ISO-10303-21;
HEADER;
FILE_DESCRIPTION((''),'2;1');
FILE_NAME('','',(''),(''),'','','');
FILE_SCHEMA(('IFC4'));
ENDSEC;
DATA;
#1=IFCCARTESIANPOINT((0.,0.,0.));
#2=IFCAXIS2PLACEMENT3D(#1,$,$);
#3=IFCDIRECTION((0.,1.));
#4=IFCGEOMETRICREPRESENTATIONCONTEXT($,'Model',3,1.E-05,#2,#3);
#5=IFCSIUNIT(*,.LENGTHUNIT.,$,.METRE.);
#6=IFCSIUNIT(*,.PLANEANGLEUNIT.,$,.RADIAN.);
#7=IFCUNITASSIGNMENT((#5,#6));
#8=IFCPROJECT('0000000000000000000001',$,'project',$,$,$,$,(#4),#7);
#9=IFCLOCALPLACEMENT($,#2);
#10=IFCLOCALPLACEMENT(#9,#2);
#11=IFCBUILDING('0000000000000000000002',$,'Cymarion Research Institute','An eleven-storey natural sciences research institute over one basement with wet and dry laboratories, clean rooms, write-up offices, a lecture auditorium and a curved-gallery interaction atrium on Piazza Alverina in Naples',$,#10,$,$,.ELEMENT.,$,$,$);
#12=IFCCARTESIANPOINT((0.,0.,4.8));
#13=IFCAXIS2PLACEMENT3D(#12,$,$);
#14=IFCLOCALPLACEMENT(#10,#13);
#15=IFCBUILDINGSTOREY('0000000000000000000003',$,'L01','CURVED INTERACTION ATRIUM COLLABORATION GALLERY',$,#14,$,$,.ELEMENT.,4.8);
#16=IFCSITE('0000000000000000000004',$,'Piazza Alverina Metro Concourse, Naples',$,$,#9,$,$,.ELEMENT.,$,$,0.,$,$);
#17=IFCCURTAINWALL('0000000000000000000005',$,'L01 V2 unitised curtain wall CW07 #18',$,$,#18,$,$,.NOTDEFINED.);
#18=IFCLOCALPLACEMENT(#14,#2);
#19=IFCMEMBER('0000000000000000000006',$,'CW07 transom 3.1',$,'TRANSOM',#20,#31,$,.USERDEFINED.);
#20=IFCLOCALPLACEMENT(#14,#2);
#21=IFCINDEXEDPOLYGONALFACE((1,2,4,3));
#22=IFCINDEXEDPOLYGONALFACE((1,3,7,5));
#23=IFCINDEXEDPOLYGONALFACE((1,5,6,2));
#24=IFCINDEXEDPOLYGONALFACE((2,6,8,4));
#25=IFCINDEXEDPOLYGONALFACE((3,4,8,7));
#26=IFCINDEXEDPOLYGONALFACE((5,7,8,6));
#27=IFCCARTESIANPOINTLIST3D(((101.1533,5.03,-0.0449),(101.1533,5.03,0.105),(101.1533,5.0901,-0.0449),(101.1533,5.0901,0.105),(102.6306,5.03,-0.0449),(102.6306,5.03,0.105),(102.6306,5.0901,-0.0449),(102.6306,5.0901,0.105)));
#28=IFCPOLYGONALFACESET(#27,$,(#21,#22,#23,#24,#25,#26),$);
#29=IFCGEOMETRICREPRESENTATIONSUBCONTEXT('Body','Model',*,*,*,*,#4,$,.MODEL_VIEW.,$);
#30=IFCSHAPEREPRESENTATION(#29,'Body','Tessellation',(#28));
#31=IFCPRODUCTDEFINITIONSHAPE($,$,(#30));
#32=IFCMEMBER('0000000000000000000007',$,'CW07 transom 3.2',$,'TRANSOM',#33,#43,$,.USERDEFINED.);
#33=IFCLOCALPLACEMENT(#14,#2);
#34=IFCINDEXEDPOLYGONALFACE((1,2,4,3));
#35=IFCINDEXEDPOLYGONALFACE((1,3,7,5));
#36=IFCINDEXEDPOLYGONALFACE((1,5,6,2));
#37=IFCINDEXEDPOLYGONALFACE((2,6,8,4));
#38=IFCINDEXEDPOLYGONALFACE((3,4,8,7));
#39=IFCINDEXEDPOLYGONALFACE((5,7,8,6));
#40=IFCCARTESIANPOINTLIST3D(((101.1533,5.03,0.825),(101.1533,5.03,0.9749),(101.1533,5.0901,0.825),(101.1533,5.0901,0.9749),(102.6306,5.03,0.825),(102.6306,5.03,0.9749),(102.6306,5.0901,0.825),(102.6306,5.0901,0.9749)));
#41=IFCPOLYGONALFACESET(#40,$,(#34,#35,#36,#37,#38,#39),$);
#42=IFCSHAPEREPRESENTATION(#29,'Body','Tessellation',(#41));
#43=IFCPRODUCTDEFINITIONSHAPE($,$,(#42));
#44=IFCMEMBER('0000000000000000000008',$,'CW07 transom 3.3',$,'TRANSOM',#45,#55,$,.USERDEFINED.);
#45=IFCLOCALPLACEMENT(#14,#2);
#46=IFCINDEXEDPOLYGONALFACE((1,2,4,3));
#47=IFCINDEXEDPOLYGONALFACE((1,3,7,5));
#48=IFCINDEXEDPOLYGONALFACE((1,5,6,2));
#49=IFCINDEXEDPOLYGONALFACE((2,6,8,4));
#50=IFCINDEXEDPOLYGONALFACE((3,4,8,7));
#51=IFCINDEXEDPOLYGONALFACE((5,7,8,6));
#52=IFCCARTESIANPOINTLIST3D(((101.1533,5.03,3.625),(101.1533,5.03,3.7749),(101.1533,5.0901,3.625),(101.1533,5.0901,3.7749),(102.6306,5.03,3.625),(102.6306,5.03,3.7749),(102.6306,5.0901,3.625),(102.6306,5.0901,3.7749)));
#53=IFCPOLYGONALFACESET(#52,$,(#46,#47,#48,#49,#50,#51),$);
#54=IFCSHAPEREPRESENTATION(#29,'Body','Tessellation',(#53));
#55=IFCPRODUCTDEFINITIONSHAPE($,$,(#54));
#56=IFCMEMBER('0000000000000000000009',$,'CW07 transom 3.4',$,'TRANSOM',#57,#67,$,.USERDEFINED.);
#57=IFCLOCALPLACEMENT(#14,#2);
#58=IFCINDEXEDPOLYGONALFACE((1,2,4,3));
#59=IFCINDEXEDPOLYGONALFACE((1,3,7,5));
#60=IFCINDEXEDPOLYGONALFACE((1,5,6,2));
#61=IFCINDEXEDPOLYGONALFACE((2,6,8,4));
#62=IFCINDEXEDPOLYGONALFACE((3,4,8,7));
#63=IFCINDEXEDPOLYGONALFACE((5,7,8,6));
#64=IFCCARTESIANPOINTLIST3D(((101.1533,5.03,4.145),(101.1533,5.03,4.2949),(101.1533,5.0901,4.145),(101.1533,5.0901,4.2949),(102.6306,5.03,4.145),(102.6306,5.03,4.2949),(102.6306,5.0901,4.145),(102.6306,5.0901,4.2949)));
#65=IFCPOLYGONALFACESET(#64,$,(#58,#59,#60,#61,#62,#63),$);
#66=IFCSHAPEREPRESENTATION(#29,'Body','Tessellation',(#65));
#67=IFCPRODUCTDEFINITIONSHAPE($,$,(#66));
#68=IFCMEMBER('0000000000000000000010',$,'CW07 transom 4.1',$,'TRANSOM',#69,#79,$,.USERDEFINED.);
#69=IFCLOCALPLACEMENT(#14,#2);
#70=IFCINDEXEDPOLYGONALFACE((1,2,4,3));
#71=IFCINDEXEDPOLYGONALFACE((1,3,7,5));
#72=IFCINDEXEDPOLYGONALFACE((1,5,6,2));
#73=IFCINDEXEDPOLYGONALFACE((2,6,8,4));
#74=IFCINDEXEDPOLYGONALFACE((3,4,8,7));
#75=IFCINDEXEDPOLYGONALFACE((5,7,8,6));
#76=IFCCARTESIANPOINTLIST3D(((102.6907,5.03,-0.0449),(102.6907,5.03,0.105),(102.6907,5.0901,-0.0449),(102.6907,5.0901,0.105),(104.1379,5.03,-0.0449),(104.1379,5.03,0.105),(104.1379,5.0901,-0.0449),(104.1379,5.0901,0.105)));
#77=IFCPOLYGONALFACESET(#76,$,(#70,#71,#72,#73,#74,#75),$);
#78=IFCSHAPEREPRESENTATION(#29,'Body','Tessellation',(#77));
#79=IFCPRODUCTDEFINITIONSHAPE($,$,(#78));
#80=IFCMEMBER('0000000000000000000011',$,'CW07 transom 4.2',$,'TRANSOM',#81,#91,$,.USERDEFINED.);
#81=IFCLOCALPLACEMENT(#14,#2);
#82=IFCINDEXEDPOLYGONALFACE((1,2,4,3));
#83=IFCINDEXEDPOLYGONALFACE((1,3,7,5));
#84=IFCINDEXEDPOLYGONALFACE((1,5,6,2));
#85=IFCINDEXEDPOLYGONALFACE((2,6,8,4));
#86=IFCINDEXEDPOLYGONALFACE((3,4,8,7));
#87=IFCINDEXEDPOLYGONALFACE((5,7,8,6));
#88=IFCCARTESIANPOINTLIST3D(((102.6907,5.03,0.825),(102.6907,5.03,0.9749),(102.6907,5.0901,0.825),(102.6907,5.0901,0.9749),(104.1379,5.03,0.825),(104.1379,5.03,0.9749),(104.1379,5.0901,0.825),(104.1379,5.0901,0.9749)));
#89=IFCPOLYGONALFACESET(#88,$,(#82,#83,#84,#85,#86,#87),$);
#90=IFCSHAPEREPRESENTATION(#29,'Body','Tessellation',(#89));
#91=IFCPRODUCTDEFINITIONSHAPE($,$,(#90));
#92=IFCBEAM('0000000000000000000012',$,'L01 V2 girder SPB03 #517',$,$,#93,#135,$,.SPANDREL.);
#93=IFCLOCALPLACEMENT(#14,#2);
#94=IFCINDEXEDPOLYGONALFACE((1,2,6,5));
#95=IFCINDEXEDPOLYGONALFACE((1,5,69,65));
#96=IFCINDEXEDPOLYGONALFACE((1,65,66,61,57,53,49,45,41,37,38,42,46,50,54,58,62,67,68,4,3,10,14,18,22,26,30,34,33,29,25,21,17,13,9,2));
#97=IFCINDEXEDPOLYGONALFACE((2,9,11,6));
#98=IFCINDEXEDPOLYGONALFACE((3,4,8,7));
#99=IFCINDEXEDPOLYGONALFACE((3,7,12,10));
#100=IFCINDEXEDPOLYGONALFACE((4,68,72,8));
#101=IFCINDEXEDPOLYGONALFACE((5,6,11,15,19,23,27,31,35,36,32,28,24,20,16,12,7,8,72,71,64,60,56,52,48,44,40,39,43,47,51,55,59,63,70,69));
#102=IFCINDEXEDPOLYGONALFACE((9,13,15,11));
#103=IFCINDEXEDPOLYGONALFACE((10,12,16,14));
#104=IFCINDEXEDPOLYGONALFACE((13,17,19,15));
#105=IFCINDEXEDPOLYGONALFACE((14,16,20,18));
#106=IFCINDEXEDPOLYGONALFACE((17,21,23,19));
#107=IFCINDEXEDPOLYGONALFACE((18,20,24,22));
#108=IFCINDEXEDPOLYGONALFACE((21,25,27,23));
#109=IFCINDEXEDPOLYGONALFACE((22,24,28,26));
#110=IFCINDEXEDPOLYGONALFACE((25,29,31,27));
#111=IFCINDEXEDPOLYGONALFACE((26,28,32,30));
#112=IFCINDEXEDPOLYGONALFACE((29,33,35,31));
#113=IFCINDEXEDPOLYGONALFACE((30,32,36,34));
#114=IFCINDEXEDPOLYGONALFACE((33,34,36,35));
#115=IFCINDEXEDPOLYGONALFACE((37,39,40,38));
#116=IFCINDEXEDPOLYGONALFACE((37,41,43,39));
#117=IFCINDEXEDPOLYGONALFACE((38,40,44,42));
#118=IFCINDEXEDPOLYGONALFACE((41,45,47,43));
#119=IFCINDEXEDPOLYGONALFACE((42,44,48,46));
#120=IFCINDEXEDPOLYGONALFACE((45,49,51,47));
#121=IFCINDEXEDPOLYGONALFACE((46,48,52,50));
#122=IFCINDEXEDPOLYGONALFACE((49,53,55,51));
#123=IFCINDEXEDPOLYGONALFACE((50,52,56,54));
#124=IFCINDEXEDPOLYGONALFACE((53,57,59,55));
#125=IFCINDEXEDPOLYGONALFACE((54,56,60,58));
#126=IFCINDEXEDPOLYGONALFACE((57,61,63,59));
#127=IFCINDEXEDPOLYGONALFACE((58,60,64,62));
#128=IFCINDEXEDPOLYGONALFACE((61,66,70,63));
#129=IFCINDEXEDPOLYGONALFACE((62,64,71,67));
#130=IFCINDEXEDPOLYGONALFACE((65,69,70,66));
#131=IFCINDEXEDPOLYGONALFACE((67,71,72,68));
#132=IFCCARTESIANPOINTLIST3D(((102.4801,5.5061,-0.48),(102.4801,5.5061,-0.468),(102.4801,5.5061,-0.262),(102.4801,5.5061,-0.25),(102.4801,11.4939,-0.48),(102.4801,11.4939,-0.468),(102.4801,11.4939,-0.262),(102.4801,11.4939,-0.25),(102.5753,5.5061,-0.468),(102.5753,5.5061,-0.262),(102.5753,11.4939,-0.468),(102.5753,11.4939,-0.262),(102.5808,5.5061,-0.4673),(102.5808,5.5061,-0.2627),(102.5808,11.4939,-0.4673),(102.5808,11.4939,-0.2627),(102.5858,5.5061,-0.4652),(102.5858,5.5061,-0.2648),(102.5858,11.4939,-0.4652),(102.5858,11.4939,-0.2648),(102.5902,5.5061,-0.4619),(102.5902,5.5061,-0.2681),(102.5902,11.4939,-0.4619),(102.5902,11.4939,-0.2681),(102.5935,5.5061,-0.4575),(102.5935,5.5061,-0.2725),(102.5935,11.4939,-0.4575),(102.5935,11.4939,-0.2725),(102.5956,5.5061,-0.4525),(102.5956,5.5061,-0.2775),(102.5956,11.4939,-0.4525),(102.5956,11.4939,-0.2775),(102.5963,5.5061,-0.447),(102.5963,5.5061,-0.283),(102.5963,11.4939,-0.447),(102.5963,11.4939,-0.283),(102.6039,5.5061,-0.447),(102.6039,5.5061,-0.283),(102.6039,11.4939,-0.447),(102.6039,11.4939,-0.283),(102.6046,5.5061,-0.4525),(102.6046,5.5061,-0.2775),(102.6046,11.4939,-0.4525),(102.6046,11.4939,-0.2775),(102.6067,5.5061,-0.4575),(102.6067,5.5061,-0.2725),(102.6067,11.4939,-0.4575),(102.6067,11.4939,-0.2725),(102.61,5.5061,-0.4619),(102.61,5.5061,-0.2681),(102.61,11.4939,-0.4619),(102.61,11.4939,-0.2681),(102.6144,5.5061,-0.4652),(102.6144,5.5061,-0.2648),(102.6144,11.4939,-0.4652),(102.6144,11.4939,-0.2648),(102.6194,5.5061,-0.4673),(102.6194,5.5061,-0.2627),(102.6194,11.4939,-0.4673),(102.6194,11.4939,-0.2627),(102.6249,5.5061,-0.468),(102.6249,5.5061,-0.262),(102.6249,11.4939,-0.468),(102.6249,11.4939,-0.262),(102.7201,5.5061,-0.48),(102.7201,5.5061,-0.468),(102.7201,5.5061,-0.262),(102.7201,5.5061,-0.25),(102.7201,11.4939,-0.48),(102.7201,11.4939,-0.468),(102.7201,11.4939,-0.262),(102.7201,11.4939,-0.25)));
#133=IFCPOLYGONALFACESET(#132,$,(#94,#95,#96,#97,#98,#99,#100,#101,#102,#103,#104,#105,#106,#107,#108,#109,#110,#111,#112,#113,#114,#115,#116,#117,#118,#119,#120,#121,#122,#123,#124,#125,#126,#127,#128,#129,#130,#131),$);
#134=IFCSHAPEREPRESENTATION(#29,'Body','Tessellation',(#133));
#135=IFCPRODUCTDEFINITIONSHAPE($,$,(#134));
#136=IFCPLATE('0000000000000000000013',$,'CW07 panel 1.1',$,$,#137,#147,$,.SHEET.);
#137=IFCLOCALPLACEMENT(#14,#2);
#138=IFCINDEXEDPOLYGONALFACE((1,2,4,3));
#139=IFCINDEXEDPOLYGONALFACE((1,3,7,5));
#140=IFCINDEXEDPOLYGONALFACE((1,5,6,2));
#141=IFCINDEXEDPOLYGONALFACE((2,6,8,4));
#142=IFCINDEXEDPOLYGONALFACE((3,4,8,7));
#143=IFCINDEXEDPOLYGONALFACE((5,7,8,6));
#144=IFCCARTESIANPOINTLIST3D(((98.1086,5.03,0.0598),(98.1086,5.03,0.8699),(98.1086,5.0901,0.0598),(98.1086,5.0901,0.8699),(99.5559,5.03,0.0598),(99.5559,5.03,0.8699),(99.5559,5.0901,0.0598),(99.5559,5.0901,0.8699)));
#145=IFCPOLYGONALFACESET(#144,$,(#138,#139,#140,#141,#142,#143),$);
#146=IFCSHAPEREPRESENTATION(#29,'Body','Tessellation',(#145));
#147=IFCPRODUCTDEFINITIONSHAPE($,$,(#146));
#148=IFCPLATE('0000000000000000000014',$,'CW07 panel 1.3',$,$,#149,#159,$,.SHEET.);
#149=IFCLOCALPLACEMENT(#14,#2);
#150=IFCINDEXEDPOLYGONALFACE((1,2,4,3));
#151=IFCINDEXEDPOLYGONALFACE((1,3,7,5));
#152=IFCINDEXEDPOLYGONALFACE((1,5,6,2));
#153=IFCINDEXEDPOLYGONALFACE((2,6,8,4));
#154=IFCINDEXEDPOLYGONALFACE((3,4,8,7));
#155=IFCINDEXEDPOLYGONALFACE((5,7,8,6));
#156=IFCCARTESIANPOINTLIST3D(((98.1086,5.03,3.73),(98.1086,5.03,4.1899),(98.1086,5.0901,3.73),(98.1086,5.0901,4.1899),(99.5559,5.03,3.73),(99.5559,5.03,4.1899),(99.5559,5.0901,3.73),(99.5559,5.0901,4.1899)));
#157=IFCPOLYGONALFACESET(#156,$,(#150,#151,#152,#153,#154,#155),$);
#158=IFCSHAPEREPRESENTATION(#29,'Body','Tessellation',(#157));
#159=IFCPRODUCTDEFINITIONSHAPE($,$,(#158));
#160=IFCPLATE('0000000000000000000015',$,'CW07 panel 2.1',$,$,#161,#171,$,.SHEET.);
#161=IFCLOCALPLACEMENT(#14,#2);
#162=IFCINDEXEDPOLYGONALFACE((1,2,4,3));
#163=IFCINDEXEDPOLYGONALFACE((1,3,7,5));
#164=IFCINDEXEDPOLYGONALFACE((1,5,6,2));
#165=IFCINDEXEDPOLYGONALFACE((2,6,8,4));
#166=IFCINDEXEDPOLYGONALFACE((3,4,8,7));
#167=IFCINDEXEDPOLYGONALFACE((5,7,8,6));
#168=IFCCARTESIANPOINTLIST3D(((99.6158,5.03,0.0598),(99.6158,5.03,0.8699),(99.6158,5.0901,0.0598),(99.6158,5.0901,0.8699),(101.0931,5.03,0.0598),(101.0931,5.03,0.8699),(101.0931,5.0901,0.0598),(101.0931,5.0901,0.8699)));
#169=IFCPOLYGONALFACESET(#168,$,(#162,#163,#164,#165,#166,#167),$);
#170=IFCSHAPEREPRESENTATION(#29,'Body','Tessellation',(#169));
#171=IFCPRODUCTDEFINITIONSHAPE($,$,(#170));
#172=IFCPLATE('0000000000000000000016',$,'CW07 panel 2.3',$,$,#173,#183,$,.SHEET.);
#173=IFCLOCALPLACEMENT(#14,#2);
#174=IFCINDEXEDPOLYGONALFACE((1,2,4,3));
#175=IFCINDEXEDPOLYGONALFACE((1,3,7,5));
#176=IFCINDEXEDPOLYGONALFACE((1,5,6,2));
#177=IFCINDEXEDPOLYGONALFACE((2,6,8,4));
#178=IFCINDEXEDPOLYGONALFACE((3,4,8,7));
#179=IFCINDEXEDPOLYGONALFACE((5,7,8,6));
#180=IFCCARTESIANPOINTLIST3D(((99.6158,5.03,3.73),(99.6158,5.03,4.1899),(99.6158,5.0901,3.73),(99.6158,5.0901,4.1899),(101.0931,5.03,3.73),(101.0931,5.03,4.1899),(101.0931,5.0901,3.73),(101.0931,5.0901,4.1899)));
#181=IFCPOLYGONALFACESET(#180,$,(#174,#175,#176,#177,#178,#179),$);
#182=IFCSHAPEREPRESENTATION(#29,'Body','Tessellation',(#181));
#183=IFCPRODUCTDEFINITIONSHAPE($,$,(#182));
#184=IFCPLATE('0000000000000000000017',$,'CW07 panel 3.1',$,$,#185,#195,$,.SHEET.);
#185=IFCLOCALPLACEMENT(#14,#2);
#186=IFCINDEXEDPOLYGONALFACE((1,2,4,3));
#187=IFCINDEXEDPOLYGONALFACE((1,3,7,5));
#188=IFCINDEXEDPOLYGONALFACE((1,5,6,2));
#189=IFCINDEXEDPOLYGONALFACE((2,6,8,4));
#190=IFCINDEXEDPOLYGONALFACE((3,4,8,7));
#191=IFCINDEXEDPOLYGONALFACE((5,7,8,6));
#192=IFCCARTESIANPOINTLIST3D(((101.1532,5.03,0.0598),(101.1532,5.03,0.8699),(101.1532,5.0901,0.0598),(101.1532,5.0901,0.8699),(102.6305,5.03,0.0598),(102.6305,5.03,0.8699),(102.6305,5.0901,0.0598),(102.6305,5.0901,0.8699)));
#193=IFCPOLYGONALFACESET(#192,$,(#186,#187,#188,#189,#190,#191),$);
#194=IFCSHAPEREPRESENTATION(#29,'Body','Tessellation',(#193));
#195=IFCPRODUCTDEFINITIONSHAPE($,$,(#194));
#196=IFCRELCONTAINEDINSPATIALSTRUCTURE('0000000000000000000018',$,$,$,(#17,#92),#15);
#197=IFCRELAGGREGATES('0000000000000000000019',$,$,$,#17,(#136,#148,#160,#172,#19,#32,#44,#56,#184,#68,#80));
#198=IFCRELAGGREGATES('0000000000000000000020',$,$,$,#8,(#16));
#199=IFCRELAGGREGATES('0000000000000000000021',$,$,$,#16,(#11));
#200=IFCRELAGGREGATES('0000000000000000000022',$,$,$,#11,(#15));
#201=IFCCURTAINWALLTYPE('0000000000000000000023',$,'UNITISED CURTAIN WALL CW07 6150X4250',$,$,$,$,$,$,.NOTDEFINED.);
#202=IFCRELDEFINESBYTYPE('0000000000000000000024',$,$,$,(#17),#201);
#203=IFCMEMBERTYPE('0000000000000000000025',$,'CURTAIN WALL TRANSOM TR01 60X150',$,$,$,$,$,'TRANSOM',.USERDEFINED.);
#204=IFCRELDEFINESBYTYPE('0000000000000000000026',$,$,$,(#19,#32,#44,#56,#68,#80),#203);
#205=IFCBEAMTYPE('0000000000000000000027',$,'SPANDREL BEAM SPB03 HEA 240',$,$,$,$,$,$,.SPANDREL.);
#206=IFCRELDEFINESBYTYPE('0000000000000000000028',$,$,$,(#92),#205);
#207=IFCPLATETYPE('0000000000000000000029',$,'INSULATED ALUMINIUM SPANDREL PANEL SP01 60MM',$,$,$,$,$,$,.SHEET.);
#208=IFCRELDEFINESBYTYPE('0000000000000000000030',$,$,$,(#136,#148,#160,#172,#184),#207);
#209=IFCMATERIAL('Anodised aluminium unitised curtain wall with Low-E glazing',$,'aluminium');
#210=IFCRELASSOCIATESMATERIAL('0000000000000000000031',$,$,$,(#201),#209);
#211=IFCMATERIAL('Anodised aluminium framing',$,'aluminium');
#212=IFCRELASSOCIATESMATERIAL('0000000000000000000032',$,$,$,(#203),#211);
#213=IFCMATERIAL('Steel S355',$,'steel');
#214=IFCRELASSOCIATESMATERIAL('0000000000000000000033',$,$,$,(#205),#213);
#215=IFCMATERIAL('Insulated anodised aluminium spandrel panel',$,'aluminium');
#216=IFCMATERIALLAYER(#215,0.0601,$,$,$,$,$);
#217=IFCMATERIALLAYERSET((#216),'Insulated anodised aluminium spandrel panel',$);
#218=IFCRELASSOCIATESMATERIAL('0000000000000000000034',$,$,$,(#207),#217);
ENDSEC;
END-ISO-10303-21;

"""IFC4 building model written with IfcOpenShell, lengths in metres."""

from ifc_helpers import new_model, si_unit, direction, frame, origin, origin_2d, place, context, subcontext, project, spatial, rectangle, i_section, extrude, material, layer, layer_set, material_profile, profile_set, type_object, element, aggregate, save


model = new_model("IFC4")

# Units and contexts
model_context = context("Model", 3, precision=1e-05, world=origin(), true_north=direction((0.0, 1.0)))
body_context = subcontext(model_context, "Body", "Model", "MODEL_VIEW")
ifc_project = project(units=[si_unit("LENGTHUNIT", "METRE"), si_unit("PLANEANGLEUNIT", "RADIAN")], contexts=[model_context])

# Site, building, storey
site_placement = place(None, origin())
site = spatial("IfcSite", under=ifc_project, at=site_placement, Name="Piazza Alverina Metro Concourse, Naples", CompositionType="ELEMENT", RefElevation=0.0)
building_placement = place(site_placement, origin())
building = spatial("IfcBuilding", under=site, at=building_placement, Name="Cymarion Research Institute", Description="An eleven-storey natural sciences research institute over one basement with wet and dry laboratories, clean rooms, write-up offices, a lecture auditorium and a curved-gallery interaction atrium on Piazza Alverina in Naples", CompositionType="ELEMENT")
storey_placement = place(building_placement, frame((0.0, 0.0, 4.8)))
storey = spatial("IfcBuildingStorey", under=building, at=storey_placement, Name="L01", Description="CURVED INTERACTION ATRIUM COLLABORATION GALLERY", CompositionType="ELEMENT", Elevation=4.8)

# Shared definitions
ifc_material_1 = material(Name="Steel S355", Category="steel")

# Curtain wall, members
ifc_material_2 = material(Name="Anodised aluminium unitised curtain wall with Low-E glazing", Category="aluminium")
curtain_wall_type = type_object("IfcCurtainWallType", Name="UNITISED CURTAIN WALL CW07 6150X4250", PredefinedType="NOTDEFINED", material=ifc_material_2)
curtain_wall_placement = place(storey_placement, origin())
curtain_wall = element("IfcCurtainWall", 1, at=curtain_wall_placement, inside=storey, type_object=curtain_wall_type, Name="L01 V2 unitised curtain wall CW07 #18", PredefinedType="NOTDEFINED")
ifc_material_3 = material(Name="Anodised aluminium framing", Category="aluminium")
ifc_material_profile_1 = material_profile(ifc_material_3, rectangle(XDim=0.0601, YDim=0.1499, at=origin_2d()), Name="ALU TRANSOM 60x150")
ifc_profile_set_1 = profile_set([ifc_material_profile_1], Name="Anodised aluminium framing")
member_type_1 = type_object("IfcMemberType", Name="CURTAIN WALL TRANSOM TR01 60X150", ElementType="TRANSOM", PredefinedType="USERDEFINED", material=ifc_profile_set_1)
member_1_placement = place(storey_placement, frame((101.1533, 5.0601, 0.03), z_axis=(1.0, 0.0, 0.0), x_axis=(0.0, 1.0, 0.0)))
member_1 = element("IfcMember", 2, at=member_1_placement, type_object=member_type_1, Name="CW07 transom 3.1", ObjectType="TRANSOM", PredefinedType="USERDEFINED", context=body_context, shape_type="SweptSolid", body=[
    extrude(rectangle(XDim=0.0601, YDim=0.1499, at=origin_2d()), origin(), (0.0, 0.0, 1.0), 1.4773),
])
member_2_placement = place(storey_placement, frame((101.1533, 5.0601, 0.8999), z_axis=(1.0, 0.0, 0.0), x_axis=(0.0, 1.0, 0.0)))
member_2 = element("IfcMember", 3, at=member_2_placement, type_object=member_type_1, Name="CW07 transom 3.2", ObjectType="TRANSOM", PredefinedType="USERDEFINED", context=body_context, shape_type="SweptSolid", body=[
    extrude(rectangle(XDim=0.0601, YDim=0.1499, at=origin_2d()), origin(), (0.0, 0.0, 1.0), 1.4773),
])
member_3_placement = place(storey_placement, frame((101.1533, 5.0601, 3.7), z_axis=(1.0, 0.0, 0.0), x_axis=(0.0, 1.0, 0.0)))
member_3 = element("IfcMember", 4, at=member_3_placement, type_object=member_type_1, Name="CW07 transom 3.3", ObjectType="TRANSOM", PredefinedType="USERDEFINED", context=body_context, shape_type="SweptSolid", body=[
    extrude(rectangle(XDim=0.0601, YDim=0.1499, at=origin_2d()), origin(), (0.0, 0.0, 1.0), 1.4773),
])
member_4_placement = place(storey_placement, frame((101.1533, 5.0601, 4.22), z_axis=(1.0, 0.0, 0.0), x_axis=(0.0, 1.0, 0.0)))
member_4 = element("IfcMember", 5, at=member_4_placement, type_object=member_type_1, Name="CW07 transom 3.4", ObjectType="TRANSOM", PredefinedType="USERDEFINED", context=body_context, shape_type="SweptSolid", body=[
    extrude(rectangle(XDim=0.0601, YDim=0.1499, at=origin_2d()), origin(), (0.0, 0.0, 1.0), 1.4773),
])
member_5_placement = place(storey_placement, frame((102.6907, 5.0601, 0.03), z_axis=(1.0, 0.0, 0.0), x_axis=(0.0, 1.0, 0.0)))
member_5 = element("IfcMember", 6, at=member_5_placement, type_object=member_type_1, Name="CW07 transom 4.1", ObjectType="TRANSOM", PredefinedType="USERDEFINED", context=body_context, shape_type="SweptSolid", body=[
    extrude(rectangle(XDim=0.0601, YDim=0.1499, at=origin_2d()), origin(), (0.0, 0.0, 1.0), 1.4473),
])
member_6_placement = place(storey_placement, frame((102.6907, 5.0601, 0.8999), z_axis=(1.0, 0.0, 0.0), x_axis=(0.0, 1.0, 0.0)))
member_6 = element("IfcMember", 7, at=member_6_placement, type_object=member_type_1, Name="CW07 transom 4.2", ObjectType="TRANSOM", PredefinedType="USERDEFINED", context=body_context, shape_type="SweptSolid", body=[
    extrude(rectangle(XDim=0.0601, YDim=0.1499, at=origin_2d()), origin(), (0.0, 0.0, 1.0), 1.4473),
])

# Beam
ifc_material_profile_2 = material_profile(ifc_material_1, i_section(OverallWidth=0.24, OverallDepth=0.23, WebThickness=0.0076, FlangeThickness=0.012, FilletRadius=0.021, at=origin_2d()), Name="HEA 240")
ifc_profile_set_2 = profile_set([ifc_material_profile_2], Name="Steel S355")
beam_type = type_object("IfcBeamType", Name="SPANDREL BEAM SPB03 HEA 240", PredefinedType="SPANDREL", material=ifc_profile_set_2)
beam_placement = place(storey_placement, frame((102.6001, 5.5061, -0.365), z_axis=(0.0, 1.0, 0.0), x_axis=(-1.0, 0.0, 0.0)))
element("IfcBeam", 8, at=beam_placement, inside=storey, type_object=beam_type, Name="L01 V2 girder SPB03 #517", PredefinedType="SPANDREL", context=body_context, shape_type="SweptSolid", body=[
    extrude(i_section(OverallWidth=0.24, OverallDepth=0.23, WebThickness=0.0076, FlangeThickness=0.012, FilletRadius=0.021, at=origin_2d()), origin(), (0.0, 0.0, 1.0), 5.9878),
])

# Plates
ifc_material_4 = material(Name="Insulated anodised aluminium spandrel panel", Category="aluminium")
ifc_layer_1 = layer(ifc_material_4, 0.0601)
ifc_layer_set_1 = layer_set([ifc_layer_1], Name="Insulated anodised aluminium spandrel panel")
plate_type_1 = type_object("IfcPlateType", Name="INSULATED ALUMINIUM SPANDREL PANEL SP01 60MM", PredefinedType="SHEET", material=ifc_layer_set_1)
plate_1_placement = place(storey_placement, frame((98.8323, 5.0601, 0.0598), z_axis=(0.0, 0.0, 1.0), x_axis=(1.0, 0.0, 0.0)))
plate_1 = element("IfcPlate", 9, at=plate_1_placement, type_object=plate_type_1, Name="CW07 panel 1.1", PredefinedType="SHEET", context=body_context, shape_type="SweptSolid", body=[
    extrude(rectangle(XDim=1.4473, YDim=0.0601, at=origin_2d()), origin(), (0.0, 0.0, 1.0), 0.8101),
])
plate_2_placement = place(storey_placement, frame((98.8323, 5.0601, 3.73), z_axis=(0.0, 0.0, 1.0), x_axis=(1.0, 0.0, 0.0)))
plate_2 = element("IfcPlate", 10, at=plate_2_placement, type_object=plate_type_1, Name="CW07 panel 1.3", PredefinedType="SHEET", context=body_context, shape_type="SweptSolid", body=[
    extrude(rectangle(XDim=1.4473, YDim=0.0601, at=origin_2d()), origin(), (0.0, 0.0, 1.0), 0.46),
])
plate_3_placement = place(storey_placement, frame((100.3545, 5.0601, 0.0598), z_axis=(0.0, 0.0, 1.0), x_axis=(1.0, 0.0, 0.0)))
plate_3 = element("IfcPlate", 11, at=plate_3_placement, type_object=plate_type_1, Name="CW07 panel 2.1", PredefinedType="SHEET", context=body_context, shape_type="SweptSolid", body=[
    extrude(rectangle(XDim=1.4773, YDim=0.0601, at=origin_2d()), origin(), (0.0, 0.0, 1.0), 0.8101),
])
plate_4_placement = place(storey_placement, frame((100.3545, 5.0601, 3.73), z_axis=(0.0, 0.0, 1.0), x_axis=(1.0, 0.0, 0.0)))
plate_4 = element("IfcPlate", 12, at=plate_4_placement, type_object=plate_type_1, Name="CW07 panel 2.3", PredefinedType="SHEET", context=body_context, shape_type="SweptSolid", body=[
    extrude(rectangle(XDim=1.4773, YDim=0.0601, at=origin_2d()), origin(), (0.0, 0.0, 1.0), 0.46),
])
plate_5_placement = place(storey_placement, frame((101.8918, 5.0601, 0.0598), z_axis=(0.0, 0.0, 1.0), x_axis=(1.0, 0.0, 0.0)))
plate_5 = element("IfcPlate", 13, at=plate_5_placement, type_object=plate_type_1, Name="CW07 panel 3.1", PredefinedType="SHEET", context=body_context, shape_type="SweptSolid", body=[
    extrude(rectangle(XDim=1.4773, YDim=0.0601, at=origin_2d()), origin(), (0.0, 0.0, 1.0), 0.8101),
])
aggregate(curtain_wall, [plate_1, plate_2, plate_3, plate_4, member_1, member_2, member_3, member_4, plate_5, member_5, member_6])

save(model, "model.ifc")
